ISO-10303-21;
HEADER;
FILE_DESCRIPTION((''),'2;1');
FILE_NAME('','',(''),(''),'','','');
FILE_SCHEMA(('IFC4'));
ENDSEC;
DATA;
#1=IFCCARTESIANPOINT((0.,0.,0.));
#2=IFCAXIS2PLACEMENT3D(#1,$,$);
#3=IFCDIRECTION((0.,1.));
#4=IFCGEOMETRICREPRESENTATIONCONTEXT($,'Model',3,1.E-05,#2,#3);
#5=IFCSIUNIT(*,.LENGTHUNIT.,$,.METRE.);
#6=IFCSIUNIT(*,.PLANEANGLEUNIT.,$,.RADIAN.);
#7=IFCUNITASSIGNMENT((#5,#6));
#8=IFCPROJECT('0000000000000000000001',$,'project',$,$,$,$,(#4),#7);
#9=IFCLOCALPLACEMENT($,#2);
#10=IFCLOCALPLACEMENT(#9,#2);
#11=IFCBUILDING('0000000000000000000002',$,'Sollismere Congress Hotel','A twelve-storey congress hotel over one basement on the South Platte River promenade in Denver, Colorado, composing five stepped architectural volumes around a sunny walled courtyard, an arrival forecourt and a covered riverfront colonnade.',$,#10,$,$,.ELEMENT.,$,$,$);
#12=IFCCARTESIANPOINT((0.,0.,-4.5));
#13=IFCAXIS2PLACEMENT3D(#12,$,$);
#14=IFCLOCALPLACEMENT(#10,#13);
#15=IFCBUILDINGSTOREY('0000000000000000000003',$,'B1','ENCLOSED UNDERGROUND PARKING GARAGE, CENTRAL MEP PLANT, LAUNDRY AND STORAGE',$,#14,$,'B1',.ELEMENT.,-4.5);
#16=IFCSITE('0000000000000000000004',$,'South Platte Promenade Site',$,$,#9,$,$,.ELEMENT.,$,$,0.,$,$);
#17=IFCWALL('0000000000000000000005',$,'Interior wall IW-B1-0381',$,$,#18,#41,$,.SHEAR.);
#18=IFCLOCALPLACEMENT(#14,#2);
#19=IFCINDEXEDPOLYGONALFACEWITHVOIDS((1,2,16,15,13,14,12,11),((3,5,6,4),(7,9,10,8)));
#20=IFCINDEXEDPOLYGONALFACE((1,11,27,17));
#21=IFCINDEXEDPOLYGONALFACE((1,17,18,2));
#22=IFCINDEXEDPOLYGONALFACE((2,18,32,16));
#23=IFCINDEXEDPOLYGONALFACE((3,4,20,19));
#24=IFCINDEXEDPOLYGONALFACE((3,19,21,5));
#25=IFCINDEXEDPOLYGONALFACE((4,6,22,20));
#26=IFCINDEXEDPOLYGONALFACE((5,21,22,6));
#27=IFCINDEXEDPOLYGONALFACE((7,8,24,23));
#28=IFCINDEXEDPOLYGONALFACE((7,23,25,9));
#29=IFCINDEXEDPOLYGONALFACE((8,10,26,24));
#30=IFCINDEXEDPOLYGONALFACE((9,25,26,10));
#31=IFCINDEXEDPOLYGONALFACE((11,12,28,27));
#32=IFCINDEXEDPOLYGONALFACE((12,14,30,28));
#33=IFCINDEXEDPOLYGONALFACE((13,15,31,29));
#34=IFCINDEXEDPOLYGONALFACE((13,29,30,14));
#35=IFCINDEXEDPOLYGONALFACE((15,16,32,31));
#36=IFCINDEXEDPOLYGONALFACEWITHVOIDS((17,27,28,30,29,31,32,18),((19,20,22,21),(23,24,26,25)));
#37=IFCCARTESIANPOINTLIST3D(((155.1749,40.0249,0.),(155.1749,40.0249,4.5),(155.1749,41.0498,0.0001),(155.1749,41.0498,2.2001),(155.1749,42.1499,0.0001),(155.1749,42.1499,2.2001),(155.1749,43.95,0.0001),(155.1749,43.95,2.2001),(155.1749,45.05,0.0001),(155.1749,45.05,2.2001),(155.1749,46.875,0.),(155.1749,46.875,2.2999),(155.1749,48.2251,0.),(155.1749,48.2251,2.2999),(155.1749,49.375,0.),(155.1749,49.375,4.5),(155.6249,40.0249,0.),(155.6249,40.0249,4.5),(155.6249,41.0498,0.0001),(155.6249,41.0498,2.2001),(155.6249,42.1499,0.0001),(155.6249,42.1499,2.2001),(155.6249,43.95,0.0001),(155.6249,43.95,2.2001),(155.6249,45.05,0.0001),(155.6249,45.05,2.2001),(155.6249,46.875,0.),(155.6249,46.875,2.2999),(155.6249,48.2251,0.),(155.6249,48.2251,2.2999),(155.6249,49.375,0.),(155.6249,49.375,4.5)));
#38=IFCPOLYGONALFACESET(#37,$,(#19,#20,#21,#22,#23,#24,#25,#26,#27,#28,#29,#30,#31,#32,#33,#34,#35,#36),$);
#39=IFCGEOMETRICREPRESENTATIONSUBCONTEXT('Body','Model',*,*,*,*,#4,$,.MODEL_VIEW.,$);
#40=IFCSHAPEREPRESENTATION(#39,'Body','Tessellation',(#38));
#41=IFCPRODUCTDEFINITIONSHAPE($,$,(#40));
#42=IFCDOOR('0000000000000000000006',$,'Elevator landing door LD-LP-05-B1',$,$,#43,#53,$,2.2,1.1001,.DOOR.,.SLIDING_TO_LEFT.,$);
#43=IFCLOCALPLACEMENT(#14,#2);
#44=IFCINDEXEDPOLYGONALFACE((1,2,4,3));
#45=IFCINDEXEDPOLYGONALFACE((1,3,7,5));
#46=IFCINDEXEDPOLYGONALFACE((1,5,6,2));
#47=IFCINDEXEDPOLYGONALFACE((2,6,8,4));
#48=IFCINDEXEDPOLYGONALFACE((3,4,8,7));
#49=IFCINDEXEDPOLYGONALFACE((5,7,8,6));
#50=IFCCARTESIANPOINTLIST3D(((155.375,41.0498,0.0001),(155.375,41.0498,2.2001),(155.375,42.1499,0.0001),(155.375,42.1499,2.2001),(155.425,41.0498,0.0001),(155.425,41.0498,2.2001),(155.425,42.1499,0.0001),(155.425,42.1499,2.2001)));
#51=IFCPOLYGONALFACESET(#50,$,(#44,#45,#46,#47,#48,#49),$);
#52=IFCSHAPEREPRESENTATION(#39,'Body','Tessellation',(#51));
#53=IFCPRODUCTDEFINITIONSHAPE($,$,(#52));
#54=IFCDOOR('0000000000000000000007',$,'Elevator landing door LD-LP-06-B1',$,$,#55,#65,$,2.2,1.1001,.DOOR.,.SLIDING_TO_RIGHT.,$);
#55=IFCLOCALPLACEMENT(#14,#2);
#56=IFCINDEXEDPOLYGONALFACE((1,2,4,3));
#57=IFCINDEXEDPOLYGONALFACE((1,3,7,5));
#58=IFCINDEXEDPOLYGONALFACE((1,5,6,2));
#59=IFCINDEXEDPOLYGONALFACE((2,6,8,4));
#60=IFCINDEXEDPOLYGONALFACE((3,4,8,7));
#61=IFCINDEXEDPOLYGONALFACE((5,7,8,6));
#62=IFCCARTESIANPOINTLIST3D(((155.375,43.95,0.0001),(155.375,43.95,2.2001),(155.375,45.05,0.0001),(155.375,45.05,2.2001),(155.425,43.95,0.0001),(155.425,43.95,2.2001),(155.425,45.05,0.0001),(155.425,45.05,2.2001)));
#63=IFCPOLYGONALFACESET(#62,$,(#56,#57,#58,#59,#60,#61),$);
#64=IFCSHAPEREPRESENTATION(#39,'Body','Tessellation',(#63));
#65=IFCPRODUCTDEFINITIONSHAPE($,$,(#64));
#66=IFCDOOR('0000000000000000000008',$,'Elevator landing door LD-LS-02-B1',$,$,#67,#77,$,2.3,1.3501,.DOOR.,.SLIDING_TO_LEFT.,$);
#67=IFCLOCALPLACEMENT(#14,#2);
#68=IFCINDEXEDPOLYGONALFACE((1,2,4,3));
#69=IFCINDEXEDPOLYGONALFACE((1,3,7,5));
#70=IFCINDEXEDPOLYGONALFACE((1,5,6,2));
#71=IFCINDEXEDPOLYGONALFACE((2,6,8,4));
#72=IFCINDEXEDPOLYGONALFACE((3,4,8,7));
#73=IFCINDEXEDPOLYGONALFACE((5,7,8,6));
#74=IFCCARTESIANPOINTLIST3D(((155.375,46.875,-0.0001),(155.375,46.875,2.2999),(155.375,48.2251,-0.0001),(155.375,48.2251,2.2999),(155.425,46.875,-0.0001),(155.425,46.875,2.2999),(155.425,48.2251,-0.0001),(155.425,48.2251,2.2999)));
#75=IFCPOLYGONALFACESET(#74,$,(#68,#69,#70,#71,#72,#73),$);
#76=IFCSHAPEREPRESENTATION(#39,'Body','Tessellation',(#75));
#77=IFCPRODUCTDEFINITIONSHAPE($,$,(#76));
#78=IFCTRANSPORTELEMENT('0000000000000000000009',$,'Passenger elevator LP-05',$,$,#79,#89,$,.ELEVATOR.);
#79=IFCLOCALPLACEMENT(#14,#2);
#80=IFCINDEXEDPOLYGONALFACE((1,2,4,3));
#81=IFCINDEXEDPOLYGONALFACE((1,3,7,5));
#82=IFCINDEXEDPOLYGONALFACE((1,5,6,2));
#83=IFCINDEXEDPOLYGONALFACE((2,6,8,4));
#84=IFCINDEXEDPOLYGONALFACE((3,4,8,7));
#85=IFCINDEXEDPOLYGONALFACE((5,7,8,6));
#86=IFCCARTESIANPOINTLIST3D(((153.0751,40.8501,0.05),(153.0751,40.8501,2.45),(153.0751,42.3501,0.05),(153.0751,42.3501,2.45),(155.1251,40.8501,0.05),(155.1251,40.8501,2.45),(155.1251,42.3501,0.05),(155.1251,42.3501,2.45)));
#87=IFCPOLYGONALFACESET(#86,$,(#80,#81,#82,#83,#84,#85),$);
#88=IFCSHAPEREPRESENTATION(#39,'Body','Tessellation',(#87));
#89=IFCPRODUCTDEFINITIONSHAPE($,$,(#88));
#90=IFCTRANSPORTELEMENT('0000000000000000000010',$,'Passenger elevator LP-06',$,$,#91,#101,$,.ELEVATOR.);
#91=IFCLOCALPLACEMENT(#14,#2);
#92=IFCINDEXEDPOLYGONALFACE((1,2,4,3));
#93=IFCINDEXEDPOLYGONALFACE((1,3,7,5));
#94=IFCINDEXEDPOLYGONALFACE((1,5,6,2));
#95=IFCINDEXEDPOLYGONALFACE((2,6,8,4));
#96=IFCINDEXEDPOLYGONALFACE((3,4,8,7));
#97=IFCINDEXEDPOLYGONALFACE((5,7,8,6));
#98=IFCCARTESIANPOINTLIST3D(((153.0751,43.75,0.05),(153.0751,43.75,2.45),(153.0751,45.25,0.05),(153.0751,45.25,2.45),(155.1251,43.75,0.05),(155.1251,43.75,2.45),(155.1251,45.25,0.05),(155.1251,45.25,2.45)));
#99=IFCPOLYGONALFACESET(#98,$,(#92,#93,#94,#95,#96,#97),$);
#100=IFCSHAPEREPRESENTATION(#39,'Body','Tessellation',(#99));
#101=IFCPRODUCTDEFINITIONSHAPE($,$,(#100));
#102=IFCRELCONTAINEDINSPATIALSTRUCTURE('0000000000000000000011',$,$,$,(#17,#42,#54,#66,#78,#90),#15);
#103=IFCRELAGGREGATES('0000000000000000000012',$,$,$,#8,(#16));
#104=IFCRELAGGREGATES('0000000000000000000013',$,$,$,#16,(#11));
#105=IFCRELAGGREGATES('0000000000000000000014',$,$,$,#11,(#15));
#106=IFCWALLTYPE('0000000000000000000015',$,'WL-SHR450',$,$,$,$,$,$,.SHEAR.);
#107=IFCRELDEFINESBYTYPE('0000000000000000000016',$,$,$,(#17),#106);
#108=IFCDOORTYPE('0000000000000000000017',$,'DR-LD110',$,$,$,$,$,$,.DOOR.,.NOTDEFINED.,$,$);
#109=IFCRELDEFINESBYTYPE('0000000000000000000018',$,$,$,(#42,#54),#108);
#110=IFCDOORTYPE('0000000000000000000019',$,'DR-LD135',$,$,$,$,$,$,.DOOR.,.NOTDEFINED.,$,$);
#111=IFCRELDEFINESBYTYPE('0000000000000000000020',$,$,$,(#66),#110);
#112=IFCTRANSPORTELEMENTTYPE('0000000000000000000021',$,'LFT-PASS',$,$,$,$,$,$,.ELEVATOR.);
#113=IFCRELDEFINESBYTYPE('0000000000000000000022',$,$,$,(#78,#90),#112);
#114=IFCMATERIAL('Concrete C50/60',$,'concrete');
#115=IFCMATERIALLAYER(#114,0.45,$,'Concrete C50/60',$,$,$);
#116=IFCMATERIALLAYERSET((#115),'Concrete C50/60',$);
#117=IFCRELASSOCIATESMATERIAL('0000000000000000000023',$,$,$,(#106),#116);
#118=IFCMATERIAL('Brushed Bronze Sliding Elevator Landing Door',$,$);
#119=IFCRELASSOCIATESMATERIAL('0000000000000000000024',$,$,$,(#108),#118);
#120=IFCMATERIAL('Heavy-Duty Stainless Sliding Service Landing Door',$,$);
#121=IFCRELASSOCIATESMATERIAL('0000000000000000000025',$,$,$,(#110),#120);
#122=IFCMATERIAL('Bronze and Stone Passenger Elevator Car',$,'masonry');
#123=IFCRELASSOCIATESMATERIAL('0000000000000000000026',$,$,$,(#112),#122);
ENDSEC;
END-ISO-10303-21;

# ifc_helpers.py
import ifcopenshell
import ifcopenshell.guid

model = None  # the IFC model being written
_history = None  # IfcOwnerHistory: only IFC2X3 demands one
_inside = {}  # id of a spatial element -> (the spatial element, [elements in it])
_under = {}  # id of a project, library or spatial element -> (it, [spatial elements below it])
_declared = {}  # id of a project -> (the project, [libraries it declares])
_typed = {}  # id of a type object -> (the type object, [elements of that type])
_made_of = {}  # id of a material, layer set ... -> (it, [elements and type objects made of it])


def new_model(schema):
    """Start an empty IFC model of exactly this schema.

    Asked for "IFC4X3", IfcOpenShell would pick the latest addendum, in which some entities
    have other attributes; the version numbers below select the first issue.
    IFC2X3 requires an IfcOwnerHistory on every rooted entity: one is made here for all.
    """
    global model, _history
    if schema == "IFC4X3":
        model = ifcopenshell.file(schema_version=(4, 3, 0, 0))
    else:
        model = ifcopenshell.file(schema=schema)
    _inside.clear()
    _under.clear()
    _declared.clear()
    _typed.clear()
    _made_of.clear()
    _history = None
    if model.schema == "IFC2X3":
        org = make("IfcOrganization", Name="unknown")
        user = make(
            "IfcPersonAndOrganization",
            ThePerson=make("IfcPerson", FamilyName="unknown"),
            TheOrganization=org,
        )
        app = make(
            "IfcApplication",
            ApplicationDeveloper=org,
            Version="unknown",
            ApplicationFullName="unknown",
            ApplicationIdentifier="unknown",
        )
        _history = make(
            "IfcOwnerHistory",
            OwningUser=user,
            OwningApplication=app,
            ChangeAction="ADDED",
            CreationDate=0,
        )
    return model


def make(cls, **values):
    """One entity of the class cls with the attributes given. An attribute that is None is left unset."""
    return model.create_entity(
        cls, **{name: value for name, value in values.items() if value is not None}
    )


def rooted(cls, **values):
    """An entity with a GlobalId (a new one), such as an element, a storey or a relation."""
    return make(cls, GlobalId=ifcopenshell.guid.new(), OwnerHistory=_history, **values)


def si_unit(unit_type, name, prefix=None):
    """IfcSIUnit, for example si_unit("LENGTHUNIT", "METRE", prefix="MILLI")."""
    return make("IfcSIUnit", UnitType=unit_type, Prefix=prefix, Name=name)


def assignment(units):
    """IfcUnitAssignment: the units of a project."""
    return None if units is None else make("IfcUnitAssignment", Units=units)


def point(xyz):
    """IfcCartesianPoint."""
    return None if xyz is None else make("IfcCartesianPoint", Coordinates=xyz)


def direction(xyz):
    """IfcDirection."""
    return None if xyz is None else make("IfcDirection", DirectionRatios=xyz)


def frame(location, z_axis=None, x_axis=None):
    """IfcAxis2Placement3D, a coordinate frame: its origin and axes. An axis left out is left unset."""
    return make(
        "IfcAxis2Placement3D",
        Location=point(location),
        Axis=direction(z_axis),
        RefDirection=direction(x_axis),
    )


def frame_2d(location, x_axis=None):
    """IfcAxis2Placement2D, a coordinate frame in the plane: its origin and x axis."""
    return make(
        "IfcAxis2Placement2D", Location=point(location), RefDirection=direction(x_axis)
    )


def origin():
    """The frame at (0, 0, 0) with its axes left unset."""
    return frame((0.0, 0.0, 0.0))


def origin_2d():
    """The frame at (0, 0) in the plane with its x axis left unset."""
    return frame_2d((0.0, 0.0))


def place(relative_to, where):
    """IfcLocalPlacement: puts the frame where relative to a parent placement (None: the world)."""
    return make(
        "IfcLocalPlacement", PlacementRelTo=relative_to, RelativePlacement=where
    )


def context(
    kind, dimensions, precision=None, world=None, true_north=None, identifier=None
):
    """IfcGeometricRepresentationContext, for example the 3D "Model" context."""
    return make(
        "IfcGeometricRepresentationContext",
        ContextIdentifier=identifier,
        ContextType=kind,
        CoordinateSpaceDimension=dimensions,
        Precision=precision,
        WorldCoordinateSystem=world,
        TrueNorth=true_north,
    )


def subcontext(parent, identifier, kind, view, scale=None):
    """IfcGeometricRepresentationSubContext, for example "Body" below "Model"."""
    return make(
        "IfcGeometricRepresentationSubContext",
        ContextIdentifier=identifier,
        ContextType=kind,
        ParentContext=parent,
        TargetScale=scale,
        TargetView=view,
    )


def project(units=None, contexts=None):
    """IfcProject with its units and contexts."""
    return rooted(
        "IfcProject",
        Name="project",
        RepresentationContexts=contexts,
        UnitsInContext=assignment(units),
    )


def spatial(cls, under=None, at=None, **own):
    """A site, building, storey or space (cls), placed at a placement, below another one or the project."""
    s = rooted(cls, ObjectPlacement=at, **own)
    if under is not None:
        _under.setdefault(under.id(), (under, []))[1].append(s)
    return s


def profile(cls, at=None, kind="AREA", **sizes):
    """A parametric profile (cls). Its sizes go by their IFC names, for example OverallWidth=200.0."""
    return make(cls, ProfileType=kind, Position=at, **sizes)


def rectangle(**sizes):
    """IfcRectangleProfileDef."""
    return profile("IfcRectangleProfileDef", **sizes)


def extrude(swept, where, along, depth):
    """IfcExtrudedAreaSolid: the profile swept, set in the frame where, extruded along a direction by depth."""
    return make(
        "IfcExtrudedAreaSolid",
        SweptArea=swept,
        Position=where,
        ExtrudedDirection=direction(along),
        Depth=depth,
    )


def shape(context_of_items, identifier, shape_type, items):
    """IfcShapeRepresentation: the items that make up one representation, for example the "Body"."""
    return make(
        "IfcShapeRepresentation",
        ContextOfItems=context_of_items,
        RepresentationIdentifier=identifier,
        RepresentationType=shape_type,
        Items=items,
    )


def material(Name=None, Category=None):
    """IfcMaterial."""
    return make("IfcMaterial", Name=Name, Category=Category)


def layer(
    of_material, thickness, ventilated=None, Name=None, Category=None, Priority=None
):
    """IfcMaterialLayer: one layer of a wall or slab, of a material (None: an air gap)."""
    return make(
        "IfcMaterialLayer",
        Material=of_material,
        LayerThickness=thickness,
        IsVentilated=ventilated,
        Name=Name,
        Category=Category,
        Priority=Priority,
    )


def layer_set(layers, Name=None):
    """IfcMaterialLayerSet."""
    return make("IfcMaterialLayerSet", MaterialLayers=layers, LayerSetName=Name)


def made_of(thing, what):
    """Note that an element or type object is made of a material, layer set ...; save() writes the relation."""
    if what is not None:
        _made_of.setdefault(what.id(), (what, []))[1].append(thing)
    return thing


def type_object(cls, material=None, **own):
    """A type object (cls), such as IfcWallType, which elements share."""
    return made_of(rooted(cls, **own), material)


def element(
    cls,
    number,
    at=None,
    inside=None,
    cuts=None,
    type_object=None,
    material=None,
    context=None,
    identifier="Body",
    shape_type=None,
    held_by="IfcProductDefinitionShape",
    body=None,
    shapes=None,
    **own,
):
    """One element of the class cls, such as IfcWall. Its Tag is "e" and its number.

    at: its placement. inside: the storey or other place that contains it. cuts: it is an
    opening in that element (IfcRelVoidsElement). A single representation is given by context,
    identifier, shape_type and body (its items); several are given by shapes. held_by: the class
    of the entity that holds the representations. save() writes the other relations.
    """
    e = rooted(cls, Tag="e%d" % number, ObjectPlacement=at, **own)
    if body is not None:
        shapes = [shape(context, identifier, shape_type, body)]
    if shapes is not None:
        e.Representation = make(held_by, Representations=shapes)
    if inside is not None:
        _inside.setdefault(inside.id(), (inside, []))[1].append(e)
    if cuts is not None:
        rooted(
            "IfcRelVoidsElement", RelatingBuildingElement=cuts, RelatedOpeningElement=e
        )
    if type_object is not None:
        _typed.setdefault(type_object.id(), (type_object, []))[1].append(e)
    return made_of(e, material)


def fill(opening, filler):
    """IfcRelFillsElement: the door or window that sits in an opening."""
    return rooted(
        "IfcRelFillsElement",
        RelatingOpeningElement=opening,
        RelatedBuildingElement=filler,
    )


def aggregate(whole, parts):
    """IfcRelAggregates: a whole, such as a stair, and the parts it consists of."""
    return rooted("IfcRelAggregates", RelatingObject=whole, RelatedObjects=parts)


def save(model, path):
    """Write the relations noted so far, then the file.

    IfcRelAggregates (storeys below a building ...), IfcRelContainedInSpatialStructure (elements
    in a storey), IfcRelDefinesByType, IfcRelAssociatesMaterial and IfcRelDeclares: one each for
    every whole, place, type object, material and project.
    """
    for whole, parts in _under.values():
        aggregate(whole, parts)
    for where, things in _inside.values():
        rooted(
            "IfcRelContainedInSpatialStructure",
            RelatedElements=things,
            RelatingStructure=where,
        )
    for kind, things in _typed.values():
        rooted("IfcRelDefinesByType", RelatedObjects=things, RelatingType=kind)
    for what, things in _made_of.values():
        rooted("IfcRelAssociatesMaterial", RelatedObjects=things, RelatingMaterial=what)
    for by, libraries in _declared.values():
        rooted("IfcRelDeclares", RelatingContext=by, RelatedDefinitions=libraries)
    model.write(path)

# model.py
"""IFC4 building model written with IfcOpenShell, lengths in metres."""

from ifc_helpers import new_model, si_unit, direction, frame, frame_2d, origin, origin_2d, place, context, subcontext, project, spatial, rectangle, extrude, material, layer, layer_set, type_object, element, fill, save


model = new_model("IFC4")

# Units and contexts
model_context = context("Model", 3, precision=1e-05, world=origin(), true_north=direction((0.0, 1.0)))
body_context = subcontext(model_context, "Body", "Model", "MODEL_VIEW")
ifc_project = project(units=[si_unit("LENGTHUNIT", "METRE"), si_unit("PLANEANGLEUNIT", "RADIAN")], contexts=[model_context])

# Site, building, storey
site_placement = place(None, origin())
site = spatial("IfcSite", under=ifc_project, at=site_placement, Name="South Platte Promenade Site", CompositionType="ELEMENT", RefElevation=0.0)
building_placement = place(site_placement, origin())
building = spatial("IfcBuilding", under=site, at=building_placement, Name="Sollismere Congress Hotel", Description="A twelve-storey congress hotel over one basement on the South Platte River promenade in Denver, Colorado, composing five stepped architectural volumes around a sunny walled courtyard, an arrival forecourt and a covered riverfront colonnade.", CompositionType="ELEMENT")
storey_placement = place(building_placement, frame((0.0, 0.0, -4.5)))
storey = spatial("IfcBuildingStorey", under=building, at=storey_placement, Name="B1", Description="ENCLOSED UNDERGROUND PARKING GARAGE, CENTRAL MEP PLANT, LAUNDRY AND STORAGE", LongName="B1", CompositionType="ELEMENT", Elevation=-4.5)

# Shared definitions
ifc_material_1 = material(Name="Concrete C50/60", Category="concrete")

# Shared definitions
ifc_layer = layer(ifc_material_1, 0.45, Name="Concrete C50/60")
ifc_layer_set = layer_set([ifc_layer], Name="Concrete C50/60")
wall_type = type_object("IfcWallType", Name="WL-SHR450", PredefinedType="SHEAR", material=ifc_layer_set)

# Wall, openings, doors
wall_1_placement = place(storey_placement, frame((155.3999, 40.0249, 0.0), z_axis=(0.0, 0.0, 1.0), x_axis=(0.0, 1.0, 0.0)))
wall_1 = element("IfcWall", 1, at=wall_1_placement, inside=storey, type_object=wall_type, Name="Interior wall IW-B1-0381", PredefinedType="SHEAR", context=body_context, shape_type="SweptSolid", body=[
    extrude(rectangle(XDim=9.3501, YDim=0.45, at=frame_2d((4.675, 0.0))), origin(), (0.0, 0.0, 1.0), 4.5),
])
opening_1_placement = place(wall_1_placement, frame((1.0249, 0.0, 0.0)))
opening_1 = element("IfcOpeningElement", 2, at=opening_1_placement, cuts=wall_1, PredefinedType="OPENING", context=body_context, shape_type="SweptSolid", body=[
    extrude(rectangle(XDim=1.1001, YDim=2.2, at=frame_2d((0.55, 1.1001))), frame((0.0, 0.2349, 0.0), z_axis=(0.0, -1.0, 0.0), x_axis=(1.0, 0.0, 0.0)), (0.0, 0.0, 1.0), 0.47),
])
opening_2_placement = place(wall_1_placement, frame((3.925, 0.0, 0.0)))
opening_2 = element("IfcOpeningElement", 3, at=opening_2_placement, cuts=wall_1, PredefinedType="OPENING", context=body_context, shape_type="SweptSolid", body=[
    extrude(rectangle(XDim=1.1001, YDim=2.2, at=frame_2d((0.55, 1.1001))), frame((0.0, 0.2349, 0.0), z_axis=(0.0, -1.0, 0.0), x_axis=(1.0, 0.0, 0.0)), (0.0, 0.0, 1.0), 0.47),
])
opening_3_placement = place(wall_1_placement, frame((6.8501, 0.0, 0.0)))
opening_3 = element("IfcOpeningElement", 4, at=opening_3_placement, cuts=wall_1, PredefinedType="OPENING", context=body_context, shape_type="SweptSolid", body=[
    extrude(rectangle(XDim=1.3501, YDim=2.3, at=frame_2d((0.675, 1.1499))), frame((0.0, 0.2349, 0.0), z_axis=(0.0, -1.0, 0.0), x_axis=(1.0, 0.0, 0.0)), (0.0, 0.0, 1.0), 0.47),
])
ifc_material_2 = material(Name="Brushed Bronze Sliding Elevator Landing Door")
door_type_1 = type_object("IfcDoorType", Name="DR-LD110", OperationType="NOTDEFINED", PredefinedType="DOOR", material=ifc_material_2)
door_1_placement = place(opening_1_placement, origin())
door_1 = element("IfcDoor", 5, at=door_1_placement, inside=storey, type_object=door_type_1, Name="Elevator landing door LD-LP-05-B1", OperationType="SLIDING_TO_LEFT", OverallHeight=2.2, OverallWidth=1.1001, PredefinedType="DOOR", context=body_context, shape_type="SweptSolid", body=[
    extrude(rectangle(XDim=1.1001, YDim=2.2, at=frame_2d((0.55, 1.1001))), frame((0.0, 0.0249, 0.0), z_axis=(0.0, -1.0, 0.0), x_axis=(1.0, 0.0, 0.0)), (0.0, 0.0, 1.0), 0.05),
])
fill(opening_1, door_1)
door_2_placement = place(opening_2_placement, origin())
door_2 = element("IfcDoor", 6, at=door_2_placement, inside=storey, type_object=door_type_1, Name="Elevator landing door LD-LP-06-B1", OperationType="SLIDING_TO_RIGHT", OverallHeight=2.2, OverallWidth=1.1001, PredefinedType="DOOR", context=body_context, shape_type="SweptSolid", body=[
    extrude(rectangle(XDim=1.1001, YDim=2.2, at=frame_2d((0.55, 1.1001))), frame((0.0, 0.0249, 0.0), z_axis=(0.0, -1.0, 0.0), x_axis=(1.0, 0.0, 0.0)), (0.0, 0.0, 1.0), 0.05),
])
fill(opening_2, door_2)
ifc_material_3 = material(Name="Heavy-Duty Stainless Sliding Service Landing Door")
door_type_2 = type_object("IfcDoorType", Name="DR-LD135", OperationType="NOTDEFINED", PredefinedType="DOOR", material=ifc_material_3)
door_3_placement = place(opening_3_placement, origin())
door_3 = element("IfcDoor", 7, at=door_3_placement, inside=storey, type_object=door_type_2, Name="Elevator landing door LD-LS-02-B1", OperationType="SLIDING_TO_LEFT", OverallHeight=2.3, OverallWidth=1.3501, PredefinedType="DOOR", context=body_context, shape_type="SweptSolid", body=[
    extrude(rectangle(XDim=1.3501, YDim=2.3, at=frame_2d((0.675, 1.1499))), frame((0.0, 0.0249, 0.0), z_axis=(0.0, -1.0, 0.0), x_axis=(1.0, 0.0, 0.0)), (0.0, 0.0, 1.0), 0.05),
])
fill(opening_3, door_3)

# Transport elements
ifc_material_4 = material(Name="Bronze and Stone Passenger Elevator Car", Category="masonry")
transport_element_type = type_object("IfcTransportElementType", Name="LFT-PASS", PredefinedType="ELEVATOR", material=ifc_material_4)
for number, where, z_axis, x_axis, name in (
    (8, (154.1001, 41.6001, 0.05), (0.0, 0.0, 1.0), (1.0, 0.0, 0.0), "Passenger elevator LP-05"),
    (9, (154.1001, 44.5, 0.05), (0.0, 0.0, 1.0), (1.0, 0.0, 0.0), "Passenger elevator LP-06"),
):
    element("IfcTransportElement", number, at=place(storey_placement, frame(where, z_axis=z_axis, x_axis=x_axis)), inside=storey, type_object=transport_element_type, Name=name, PredefinedType="ELEVATOR", context=body_context, shape_type="SweptSolid", body=[
        extrude(rectangle(XDim=2.05, YDim=1.5, at=origin_2d()), origin(), (0.0, 0.0, 1.0), 2.3999),
    ])

save(model, "model.ifc")
